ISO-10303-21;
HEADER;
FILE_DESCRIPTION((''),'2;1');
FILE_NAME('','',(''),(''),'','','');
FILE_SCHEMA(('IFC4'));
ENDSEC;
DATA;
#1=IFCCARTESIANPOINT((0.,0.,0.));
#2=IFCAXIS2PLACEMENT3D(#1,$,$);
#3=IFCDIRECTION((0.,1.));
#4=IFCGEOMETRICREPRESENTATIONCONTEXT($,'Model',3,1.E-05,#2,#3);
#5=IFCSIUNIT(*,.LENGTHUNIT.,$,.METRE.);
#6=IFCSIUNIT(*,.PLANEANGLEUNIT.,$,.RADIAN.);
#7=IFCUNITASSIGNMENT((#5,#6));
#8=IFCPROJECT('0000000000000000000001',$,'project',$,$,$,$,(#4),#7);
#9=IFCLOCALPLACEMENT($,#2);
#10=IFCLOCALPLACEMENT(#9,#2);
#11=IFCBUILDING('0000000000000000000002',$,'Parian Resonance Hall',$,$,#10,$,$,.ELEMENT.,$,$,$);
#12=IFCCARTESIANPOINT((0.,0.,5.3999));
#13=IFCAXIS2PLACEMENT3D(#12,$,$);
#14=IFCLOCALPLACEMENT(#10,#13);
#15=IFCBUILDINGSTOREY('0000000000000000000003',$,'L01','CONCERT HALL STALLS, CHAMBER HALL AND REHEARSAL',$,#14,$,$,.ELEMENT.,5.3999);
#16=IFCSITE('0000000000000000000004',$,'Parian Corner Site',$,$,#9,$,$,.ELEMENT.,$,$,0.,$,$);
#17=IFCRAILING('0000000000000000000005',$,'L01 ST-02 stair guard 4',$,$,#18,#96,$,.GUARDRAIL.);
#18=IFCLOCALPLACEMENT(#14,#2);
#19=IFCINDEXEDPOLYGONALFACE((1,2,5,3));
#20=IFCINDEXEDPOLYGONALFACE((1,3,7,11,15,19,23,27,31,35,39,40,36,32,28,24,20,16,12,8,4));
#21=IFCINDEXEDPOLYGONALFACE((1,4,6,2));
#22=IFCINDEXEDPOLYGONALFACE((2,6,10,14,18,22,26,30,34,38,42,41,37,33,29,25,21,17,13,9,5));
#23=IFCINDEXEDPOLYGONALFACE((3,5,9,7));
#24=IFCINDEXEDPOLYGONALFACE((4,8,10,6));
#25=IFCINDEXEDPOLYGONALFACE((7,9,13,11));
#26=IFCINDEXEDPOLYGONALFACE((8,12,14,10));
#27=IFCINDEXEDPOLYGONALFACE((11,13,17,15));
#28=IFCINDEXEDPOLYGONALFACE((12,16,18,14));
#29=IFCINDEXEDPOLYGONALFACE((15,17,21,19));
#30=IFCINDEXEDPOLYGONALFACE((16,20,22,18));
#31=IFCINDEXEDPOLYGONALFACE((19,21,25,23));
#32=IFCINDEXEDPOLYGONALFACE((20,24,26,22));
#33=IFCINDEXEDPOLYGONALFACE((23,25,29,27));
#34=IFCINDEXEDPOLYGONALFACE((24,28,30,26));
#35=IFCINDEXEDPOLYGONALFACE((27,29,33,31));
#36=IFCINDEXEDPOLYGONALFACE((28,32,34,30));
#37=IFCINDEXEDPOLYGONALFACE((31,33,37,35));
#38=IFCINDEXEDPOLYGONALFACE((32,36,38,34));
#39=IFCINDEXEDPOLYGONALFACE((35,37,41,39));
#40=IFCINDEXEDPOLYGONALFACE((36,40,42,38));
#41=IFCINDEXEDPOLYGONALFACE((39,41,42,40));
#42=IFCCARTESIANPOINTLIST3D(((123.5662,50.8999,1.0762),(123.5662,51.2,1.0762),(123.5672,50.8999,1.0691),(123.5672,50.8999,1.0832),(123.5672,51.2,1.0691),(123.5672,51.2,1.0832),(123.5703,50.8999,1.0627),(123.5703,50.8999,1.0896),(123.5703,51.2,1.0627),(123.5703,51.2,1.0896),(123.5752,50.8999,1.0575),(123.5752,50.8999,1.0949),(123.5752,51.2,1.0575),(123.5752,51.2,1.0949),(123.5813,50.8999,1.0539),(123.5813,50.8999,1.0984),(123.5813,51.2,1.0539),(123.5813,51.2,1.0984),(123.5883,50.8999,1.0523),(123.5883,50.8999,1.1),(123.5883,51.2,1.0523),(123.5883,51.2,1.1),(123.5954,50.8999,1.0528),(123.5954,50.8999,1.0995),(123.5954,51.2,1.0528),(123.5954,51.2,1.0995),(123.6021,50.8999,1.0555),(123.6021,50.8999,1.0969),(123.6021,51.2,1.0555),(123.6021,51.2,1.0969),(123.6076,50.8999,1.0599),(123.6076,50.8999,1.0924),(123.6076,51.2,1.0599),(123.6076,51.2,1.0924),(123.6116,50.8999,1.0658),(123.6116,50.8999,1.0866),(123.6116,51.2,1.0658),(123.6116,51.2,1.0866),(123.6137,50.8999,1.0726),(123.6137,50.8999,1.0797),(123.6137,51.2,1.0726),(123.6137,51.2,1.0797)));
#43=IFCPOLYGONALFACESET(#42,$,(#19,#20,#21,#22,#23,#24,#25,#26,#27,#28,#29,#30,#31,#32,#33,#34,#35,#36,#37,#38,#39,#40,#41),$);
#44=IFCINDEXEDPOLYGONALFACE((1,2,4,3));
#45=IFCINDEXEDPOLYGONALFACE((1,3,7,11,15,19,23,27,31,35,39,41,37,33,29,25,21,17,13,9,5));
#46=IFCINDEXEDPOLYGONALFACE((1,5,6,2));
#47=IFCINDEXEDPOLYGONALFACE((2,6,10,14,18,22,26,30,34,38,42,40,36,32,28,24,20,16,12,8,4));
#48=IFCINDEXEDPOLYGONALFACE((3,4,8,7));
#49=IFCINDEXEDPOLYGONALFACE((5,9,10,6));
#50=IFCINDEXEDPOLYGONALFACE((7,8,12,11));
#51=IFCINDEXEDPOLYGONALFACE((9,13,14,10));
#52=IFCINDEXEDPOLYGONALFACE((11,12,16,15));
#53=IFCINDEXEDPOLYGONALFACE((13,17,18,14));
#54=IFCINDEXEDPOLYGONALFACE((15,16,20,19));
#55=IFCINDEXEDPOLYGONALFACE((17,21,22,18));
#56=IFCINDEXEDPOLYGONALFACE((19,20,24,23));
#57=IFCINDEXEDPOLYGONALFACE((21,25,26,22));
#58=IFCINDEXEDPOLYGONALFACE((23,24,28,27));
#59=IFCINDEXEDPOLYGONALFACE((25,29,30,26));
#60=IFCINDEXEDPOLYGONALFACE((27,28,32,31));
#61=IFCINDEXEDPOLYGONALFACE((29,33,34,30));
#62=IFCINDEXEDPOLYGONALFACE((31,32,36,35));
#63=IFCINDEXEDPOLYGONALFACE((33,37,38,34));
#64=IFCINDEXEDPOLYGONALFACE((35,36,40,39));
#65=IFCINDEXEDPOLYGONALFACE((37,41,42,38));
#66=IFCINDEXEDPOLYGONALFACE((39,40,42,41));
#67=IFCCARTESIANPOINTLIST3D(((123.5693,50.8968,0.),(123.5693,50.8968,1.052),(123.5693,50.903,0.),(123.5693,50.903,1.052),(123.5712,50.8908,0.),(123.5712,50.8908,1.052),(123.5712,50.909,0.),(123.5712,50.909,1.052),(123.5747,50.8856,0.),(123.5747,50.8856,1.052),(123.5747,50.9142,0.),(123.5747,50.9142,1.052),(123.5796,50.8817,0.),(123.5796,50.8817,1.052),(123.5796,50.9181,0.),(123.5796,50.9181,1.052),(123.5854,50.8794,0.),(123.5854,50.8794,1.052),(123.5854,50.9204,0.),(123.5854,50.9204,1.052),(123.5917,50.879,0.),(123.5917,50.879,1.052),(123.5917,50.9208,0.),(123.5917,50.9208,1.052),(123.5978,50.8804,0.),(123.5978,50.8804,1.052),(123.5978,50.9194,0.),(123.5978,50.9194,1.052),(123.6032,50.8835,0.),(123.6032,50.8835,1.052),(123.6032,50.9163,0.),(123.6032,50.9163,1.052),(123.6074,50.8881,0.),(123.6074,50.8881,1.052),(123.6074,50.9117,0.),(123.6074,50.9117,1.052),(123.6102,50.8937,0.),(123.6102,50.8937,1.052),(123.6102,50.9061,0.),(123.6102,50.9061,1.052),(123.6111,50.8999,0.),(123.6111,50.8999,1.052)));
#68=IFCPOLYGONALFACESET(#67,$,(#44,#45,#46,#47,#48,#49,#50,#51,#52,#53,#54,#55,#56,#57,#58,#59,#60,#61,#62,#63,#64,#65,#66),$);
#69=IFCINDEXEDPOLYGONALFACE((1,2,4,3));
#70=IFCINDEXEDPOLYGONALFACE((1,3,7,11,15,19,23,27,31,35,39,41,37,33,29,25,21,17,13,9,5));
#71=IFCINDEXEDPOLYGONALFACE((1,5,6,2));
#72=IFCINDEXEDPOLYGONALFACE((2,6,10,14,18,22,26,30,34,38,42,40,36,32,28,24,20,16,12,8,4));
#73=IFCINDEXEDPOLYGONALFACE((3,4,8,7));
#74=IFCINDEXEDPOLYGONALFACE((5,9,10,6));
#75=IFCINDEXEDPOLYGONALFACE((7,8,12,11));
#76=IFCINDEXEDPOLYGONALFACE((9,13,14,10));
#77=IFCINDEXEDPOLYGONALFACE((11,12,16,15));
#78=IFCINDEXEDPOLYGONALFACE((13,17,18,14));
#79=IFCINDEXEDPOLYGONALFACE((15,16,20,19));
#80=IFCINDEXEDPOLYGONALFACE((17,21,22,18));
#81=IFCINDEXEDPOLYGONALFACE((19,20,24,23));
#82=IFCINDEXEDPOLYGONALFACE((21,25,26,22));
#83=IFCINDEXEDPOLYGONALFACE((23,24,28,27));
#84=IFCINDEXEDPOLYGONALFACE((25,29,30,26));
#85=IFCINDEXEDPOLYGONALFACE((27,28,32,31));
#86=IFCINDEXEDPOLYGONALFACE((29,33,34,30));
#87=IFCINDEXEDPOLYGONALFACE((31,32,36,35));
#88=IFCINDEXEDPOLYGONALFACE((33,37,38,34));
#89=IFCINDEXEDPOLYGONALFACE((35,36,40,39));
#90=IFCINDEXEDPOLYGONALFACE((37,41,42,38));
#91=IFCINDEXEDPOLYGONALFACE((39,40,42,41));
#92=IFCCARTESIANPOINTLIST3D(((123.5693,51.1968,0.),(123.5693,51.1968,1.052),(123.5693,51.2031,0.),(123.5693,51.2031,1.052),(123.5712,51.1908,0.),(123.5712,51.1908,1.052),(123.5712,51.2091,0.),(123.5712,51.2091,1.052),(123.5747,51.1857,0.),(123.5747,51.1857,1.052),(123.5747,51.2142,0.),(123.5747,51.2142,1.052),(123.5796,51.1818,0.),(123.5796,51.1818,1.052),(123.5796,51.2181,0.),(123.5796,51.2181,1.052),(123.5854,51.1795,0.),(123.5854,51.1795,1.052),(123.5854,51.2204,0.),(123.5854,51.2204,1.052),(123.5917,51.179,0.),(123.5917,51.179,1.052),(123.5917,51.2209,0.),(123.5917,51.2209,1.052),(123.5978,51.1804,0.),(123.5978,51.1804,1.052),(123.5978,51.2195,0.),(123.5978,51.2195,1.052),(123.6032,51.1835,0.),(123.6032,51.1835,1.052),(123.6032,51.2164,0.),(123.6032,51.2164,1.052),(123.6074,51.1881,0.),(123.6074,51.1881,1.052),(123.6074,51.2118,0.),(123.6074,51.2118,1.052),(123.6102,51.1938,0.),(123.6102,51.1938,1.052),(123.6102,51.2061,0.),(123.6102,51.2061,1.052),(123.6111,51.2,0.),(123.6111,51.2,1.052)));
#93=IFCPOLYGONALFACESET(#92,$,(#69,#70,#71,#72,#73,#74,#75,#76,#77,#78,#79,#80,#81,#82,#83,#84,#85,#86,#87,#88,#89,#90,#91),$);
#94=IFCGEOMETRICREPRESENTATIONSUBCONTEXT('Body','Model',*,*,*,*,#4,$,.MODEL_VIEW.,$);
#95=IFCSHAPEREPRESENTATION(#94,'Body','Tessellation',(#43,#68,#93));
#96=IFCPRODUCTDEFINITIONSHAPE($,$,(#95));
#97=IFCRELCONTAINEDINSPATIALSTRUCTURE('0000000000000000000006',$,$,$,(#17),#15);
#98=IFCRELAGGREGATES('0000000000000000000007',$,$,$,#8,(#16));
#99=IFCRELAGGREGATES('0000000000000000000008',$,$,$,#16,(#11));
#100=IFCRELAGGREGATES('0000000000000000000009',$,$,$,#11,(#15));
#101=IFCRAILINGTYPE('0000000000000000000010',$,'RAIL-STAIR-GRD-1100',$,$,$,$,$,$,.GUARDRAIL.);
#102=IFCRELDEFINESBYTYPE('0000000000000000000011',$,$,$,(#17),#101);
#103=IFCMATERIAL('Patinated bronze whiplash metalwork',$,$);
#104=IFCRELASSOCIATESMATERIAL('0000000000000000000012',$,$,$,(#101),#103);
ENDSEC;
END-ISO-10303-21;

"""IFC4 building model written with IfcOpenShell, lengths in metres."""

from ifc_helpers import new_model, si_unit, direction, frame, origin, origin_2d, place, context, subcontext, project, spatial, circle, extrude, material, type_object, element, save


model = new_model("IFC4")

# Units and contexts
model_context = context("Model", 3, precision=1e-05, world=origin(), true_north=direction((0.0, 1.0)))
body_context = subcontext(model_context, "Body", "Model", "MODEL_VIEW")
ifc_project = project(units=[si_unit("LENGTHUNIT", "METRE"), si_unit("PLANEANGLEUNIT", "RADIAN")], contexts=[model_context])

# Site, building, storey
site_placement = place(None, origin())
site = spatial("IfcSite", under=ifc_project, at=site_placement, Name="Parian Corner Site", CompositionType="ELEMENT", RefElevation=0.0)
building_placement = place(site_placement, origin())
building = spatial("IfcBuilding", under=site, at=building_placement, Name="Parian Resonance Hall", CompositionType="ELEMENT")
storey_placement = place(building_placement, frame((0.0, 0.0, 5.3999)))
storey = spatial("IfcBuildingStorey", under=building, at=storey_placement, Name="L01", Description="CONCERT HALL STALLS, CHAMBER HALL AND REHEARSAL", CompositionType="ELEMENT", Elevation=5.3999)

# Railing
ifc_material_1 = material(Name="Patinated bronze whiplash metalwork")
railing_type = type_object("IfcRailingType", Name="RAIL-STAIR-GRD-1100", PredefinedType="GUARDRAIL", material=ifc_material_1)
railing_placement = place(storey_placement, frame((123.5901, 50.8999, 0.0)))
element("IfcRailing", 1, at=railing_placement, inside=storey, type_object=railing_type, Name="L01 ST-02 stair guard 4", PredefinedType="GUARDRAIL", context=body_context, shape_type="SweptSolid", body=[
    extrude(circle(Radius=0.0239, at=origin_2d()), frame((0.0, 0.0, 1.0762), z_axis=(0.0, 1.0, 0.0), x_axis=(-1.0, 0.0, 0.0)), (0.0, 0.0, 1.0), 0.3),
    extrude(circle(Radius=0.021, at=origin_2d()), origin(), (0.0, 0.0, 1.0), 1.052),
    extrude(circle(Radius=0.021, at=origin_2d()), frame((0.0, 0.3, 0.0)), (0.0, 0.0, 1.0), 1.052),
])

save(model, "model.ifc")
